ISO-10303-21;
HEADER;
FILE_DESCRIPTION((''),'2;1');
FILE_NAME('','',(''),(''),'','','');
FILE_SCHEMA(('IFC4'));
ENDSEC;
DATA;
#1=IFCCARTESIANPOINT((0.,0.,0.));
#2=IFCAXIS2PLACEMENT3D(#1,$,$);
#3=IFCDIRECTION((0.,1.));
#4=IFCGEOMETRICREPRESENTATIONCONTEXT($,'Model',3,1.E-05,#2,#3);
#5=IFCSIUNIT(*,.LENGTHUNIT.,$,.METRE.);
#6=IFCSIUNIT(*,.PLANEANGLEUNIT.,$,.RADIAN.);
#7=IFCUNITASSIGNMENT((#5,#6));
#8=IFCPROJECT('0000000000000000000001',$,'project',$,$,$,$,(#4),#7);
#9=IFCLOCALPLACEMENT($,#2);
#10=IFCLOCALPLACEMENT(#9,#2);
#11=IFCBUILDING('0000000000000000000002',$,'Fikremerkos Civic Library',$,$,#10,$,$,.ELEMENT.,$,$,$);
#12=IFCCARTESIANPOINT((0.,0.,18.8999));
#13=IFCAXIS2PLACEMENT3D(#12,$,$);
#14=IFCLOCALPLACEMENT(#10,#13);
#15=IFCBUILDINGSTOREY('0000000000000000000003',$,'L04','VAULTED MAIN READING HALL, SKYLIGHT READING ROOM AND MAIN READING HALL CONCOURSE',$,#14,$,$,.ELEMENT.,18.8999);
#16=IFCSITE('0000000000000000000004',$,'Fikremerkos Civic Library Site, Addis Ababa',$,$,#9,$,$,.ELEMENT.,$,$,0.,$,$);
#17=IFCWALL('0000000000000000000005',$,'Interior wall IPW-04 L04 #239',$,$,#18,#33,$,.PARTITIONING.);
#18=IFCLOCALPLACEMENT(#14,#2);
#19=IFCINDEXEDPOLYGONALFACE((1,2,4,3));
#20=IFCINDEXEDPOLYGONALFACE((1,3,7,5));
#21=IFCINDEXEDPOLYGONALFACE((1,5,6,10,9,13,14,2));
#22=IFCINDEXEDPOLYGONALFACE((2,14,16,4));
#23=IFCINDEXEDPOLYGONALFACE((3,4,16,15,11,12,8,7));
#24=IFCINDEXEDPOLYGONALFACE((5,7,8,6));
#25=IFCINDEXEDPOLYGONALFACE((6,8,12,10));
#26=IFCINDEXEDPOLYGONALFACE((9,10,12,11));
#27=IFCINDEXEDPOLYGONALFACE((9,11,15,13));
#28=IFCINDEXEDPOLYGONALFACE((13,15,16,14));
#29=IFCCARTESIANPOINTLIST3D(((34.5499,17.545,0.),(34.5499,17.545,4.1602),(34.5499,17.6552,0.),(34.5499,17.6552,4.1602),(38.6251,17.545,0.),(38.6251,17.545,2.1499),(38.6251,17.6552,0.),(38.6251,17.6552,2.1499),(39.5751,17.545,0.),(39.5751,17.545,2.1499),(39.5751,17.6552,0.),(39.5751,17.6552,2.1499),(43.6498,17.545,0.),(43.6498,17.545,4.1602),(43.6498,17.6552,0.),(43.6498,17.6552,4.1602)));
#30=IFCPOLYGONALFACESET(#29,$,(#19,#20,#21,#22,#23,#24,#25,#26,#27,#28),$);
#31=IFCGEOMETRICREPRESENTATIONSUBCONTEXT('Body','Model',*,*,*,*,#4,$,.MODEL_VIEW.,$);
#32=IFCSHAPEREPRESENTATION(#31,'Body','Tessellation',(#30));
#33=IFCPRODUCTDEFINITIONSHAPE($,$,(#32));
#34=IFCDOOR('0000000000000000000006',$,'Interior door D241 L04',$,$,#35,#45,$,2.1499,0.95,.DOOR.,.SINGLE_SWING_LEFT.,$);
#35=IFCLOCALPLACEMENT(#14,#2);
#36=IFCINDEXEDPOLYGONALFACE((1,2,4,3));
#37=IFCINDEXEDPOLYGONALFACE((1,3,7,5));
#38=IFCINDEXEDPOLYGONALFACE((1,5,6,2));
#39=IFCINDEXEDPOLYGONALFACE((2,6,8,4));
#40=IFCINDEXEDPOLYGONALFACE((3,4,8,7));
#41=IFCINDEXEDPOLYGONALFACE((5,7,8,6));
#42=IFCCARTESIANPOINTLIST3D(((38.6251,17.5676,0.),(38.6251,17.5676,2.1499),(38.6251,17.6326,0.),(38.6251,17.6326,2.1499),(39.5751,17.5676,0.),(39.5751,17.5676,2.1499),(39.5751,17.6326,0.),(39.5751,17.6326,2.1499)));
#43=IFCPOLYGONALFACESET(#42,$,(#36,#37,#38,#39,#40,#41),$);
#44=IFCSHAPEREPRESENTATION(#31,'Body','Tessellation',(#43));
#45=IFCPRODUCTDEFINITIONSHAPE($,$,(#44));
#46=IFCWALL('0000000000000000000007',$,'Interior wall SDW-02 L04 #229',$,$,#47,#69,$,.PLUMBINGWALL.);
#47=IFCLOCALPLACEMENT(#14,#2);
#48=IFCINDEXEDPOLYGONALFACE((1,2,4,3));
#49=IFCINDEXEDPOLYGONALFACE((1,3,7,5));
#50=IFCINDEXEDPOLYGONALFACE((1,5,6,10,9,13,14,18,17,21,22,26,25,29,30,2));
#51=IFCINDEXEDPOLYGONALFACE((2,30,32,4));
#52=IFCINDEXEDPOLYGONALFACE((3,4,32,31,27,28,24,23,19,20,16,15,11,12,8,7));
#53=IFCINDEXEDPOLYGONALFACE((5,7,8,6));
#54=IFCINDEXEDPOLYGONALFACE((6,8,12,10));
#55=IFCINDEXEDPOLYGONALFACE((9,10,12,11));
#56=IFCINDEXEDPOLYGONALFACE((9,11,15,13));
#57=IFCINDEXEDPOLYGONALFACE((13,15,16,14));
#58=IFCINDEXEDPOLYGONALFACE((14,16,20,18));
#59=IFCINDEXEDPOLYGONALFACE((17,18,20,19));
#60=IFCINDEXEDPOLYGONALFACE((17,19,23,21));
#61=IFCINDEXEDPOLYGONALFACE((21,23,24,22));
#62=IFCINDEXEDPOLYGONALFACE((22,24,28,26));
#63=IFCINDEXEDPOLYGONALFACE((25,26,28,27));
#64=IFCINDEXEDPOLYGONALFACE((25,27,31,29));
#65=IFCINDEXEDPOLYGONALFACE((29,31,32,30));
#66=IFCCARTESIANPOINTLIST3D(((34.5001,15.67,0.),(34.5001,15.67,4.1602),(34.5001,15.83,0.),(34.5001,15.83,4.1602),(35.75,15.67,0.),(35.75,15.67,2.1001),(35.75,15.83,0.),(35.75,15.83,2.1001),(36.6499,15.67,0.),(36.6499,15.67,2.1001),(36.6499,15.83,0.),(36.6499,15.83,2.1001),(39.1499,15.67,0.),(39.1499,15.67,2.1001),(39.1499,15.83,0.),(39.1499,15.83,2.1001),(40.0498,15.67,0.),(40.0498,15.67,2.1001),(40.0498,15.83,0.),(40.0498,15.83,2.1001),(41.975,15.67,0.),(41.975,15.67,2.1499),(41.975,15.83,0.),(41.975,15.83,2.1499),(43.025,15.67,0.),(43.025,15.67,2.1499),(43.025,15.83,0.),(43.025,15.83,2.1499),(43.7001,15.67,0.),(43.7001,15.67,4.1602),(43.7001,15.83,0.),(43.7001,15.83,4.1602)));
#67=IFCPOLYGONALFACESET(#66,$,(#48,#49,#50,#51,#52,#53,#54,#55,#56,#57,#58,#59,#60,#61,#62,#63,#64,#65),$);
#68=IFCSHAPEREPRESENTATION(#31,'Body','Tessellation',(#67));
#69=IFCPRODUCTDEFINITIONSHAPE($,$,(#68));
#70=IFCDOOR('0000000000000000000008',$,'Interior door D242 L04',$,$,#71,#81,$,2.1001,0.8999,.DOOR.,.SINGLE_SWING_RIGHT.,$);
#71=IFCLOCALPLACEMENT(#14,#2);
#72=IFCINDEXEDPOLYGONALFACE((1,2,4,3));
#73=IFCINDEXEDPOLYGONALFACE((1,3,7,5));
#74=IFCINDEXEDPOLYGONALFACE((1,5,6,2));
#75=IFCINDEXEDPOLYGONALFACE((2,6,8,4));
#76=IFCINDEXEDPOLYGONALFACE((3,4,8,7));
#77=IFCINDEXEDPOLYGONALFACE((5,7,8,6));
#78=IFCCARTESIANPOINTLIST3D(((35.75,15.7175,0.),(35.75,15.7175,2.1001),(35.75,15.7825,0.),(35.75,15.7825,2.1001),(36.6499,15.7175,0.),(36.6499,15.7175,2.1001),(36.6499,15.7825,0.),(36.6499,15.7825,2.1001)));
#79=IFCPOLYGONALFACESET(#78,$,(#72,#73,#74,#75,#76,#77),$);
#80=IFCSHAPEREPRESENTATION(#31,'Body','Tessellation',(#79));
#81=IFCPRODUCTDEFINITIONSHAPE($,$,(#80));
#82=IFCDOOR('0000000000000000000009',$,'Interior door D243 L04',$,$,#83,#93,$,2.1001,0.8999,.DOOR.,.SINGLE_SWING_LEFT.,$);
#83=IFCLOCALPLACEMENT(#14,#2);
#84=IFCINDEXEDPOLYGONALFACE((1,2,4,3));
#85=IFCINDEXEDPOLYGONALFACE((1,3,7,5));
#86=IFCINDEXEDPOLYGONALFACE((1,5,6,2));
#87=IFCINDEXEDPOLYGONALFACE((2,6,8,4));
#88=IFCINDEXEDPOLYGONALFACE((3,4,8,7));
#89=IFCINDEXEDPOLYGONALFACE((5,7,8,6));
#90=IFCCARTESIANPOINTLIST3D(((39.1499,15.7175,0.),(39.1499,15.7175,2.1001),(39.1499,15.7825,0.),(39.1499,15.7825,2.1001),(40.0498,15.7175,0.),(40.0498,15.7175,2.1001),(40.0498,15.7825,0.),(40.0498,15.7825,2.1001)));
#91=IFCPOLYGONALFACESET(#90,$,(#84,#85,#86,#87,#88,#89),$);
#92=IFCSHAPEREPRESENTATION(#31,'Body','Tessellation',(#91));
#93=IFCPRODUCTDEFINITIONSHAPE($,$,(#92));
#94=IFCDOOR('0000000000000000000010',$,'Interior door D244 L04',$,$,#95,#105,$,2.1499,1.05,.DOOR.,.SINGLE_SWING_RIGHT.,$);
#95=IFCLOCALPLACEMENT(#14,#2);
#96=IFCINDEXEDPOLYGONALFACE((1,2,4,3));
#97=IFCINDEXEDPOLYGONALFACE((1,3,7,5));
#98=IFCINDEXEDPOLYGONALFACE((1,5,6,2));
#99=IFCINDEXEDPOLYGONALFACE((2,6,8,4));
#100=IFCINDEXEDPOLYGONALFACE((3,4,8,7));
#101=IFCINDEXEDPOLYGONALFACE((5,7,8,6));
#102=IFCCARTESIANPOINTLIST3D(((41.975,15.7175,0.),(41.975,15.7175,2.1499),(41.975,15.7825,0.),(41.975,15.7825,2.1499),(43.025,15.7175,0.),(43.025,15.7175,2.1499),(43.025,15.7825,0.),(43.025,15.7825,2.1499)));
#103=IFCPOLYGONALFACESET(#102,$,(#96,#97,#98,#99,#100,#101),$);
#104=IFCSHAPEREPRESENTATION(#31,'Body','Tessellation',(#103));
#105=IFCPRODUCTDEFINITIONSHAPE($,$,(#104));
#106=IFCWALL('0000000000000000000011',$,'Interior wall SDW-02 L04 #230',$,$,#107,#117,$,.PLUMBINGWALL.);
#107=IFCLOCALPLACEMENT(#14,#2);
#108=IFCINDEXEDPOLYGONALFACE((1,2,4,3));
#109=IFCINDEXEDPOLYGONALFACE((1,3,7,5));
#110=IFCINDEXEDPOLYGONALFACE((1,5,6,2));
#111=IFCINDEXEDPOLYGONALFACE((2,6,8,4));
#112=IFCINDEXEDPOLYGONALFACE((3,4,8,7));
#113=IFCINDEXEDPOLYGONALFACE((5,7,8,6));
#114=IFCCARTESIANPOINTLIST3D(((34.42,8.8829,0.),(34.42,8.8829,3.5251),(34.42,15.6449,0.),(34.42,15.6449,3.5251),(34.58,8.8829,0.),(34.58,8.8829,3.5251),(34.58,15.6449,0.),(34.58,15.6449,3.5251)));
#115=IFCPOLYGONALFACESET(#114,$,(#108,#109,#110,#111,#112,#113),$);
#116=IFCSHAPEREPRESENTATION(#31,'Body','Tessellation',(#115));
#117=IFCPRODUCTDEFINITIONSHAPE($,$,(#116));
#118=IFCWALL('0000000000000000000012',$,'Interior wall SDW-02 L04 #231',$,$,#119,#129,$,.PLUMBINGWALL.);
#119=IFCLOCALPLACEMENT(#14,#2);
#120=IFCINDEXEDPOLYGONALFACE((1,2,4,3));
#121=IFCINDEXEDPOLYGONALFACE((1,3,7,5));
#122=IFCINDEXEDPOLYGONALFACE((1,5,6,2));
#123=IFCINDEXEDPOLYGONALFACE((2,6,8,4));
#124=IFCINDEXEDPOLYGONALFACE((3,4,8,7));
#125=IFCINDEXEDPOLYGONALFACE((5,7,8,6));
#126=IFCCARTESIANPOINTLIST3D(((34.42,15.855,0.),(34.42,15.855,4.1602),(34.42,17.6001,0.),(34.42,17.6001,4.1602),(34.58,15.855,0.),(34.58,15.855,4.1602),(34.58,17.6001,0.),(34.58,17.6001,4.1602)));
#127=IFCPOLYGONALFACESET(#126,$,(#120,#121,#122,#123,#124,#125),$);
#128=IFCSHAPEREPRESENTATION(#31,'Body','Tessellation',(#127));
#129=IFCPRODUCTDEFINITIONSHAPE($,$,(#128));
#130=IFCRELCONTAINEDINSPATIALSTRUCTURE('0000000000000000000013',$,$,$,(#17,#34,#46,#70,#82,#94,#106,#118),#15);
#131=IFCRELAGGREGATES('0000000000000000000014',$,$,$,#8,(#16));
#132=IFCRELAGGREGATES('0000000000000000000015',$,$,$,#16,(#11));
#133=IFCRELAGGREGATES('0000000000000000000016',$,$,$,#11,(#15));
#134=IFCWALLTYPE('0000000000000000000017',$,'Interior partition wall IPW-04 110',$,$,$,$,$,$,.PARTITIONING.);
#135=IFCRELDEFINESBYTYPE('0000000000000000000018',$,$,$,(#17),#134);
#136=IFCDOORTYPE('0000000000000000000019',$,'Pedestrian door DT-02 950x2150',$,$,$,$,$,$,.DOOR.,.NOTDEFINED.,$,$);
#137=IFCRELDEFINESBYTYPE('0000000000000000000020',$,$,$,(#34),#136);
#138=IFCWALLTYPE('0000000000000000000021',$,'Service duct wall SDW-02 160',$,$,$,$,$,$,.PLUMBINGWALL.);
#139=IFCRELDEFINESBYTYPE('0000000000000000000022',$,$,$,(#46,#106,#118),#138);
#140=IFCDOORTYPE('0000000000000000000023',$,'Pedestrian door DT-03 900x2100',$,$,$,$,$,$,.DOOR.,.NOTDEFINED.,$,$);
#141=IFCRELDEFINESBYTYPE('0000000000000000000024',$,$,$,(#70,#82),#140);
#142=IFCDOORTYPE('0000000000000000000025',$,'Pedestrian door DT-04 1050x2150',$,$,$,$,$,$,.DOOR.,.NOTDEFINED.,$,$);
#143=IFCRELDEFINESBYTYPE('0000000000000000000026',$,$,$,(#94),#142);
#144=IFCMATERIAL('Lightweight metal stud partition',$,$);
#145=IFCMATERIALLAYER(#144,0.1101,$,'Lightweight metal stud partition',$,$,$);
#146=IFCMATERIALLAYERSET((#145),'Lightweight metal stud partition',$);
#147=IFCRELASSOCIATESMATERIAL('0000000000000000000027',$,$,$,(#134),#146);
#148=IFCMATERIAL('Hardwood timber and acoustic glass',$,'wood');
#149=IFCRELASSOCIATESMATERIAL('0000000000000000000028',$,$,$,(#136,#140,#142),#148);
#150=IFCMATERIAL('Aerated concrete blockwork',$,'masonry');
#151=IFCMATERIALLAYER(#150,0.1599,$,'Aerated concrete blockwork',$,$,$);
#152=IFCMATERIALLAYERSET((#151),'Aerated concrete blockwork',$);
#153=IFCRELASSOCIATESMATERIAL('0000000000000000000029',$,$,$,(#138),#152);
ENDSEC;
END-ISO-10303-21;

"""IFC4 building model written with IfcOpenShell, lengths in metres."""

from ifc_helpers import new_model, si_unit, direction, frame, frame_2d, origin, place, context, subcontext, project, spatial, rectangle, extrude, material, layer, layer_set, type_object, element, fill, save


model = new_model("IFC4")

# Units and contexts
model_context = context("Model", 3, precision=1e-05, world=origin(), true_north=direction((0.0, 1.0)))
body_context = subcontext(model_context, "Body", "Model", "MODEL_VIEW")
ifc_project = project(units=[si_unit("LENGTHUNIT", "METRE"), si_unit("PLANEANGLEUNIT", "RADIAN")], contexts=[model_context])

# Site, building, storey
site_placement = place(None, origin())
site = spatial("IfcSite", under=ifc_project, at=site_placement, Name="Fikremerkos Civic Library Site, Addis Ababa", CompositionType="ELEMENT", RefElevation=0.0)
building_placement = place(site_placement, origin())
building = spatial("IfcBuilding", under=site, at=building_placement, Name="Fikremerkos Civic Library", CompositionType="ELEMENT")
storey_placement = place(building_placement, frame((0.0, 0.0, 18.8999)))
storey = spatial("IfcBuildingStorey", under=building, at=storey_placement, Name="L04", Description="VAULTED MAIN READING HALL, SKYLIGHT READING ROOM AND MAIN READING HALL CONCOURSE", CompositionType="ELEMENT", Elevation=18.8999)

# Wall, opening, door
ifc_material_1 = material(Name="Hardwood timber and acoustic glass", Category="wood")
ifc_material_2 = material(Name="Lightweight metal stud partition")
ifc_layer_1 = layer(ifc_material_2, 0.1101, Name="Lightweight metal stud partition")
ifc_layer_set_1 = layer_set([ifc_layer_1], Name="Lightweight metal stud partition")
wall_type_1 = type_object("IfcWallType", Name="Interior partition wall IPW-04 110", PredefinedType="PARTITIONING", material=ifc_layer_set_1)
wall_1_placement = place(storey_placement, frame((34.55, 17.6001, 0.0), z_axis=(0.0, 0.0, 1.0), x_axis=(1.0, 0.0, 0.0)))
wall_1 = element("IfcWall", 1, at=wall_1_placement, inside=storey, type_object=wall_type_1, Name="Interior wall IPW-04 L04 #239", PredefinedType="PARTITIONING", context=body_context, shape_type="SweptSolid", body=[
    extrude(rectangle(XDim=9.0999, YDim=0.1101, at=frame_2d((4.5498, 0.0))), origin(), (0.0, 0.0, 1.0), 4.1602),
])
opening_1_placement = place(wall_1_placement, frame((4.075, 0.0, 0.0)))
opening_1 = element("IfcOpeningElement", 2, at=opening_1_placement, cuts=wall_1, PredefinedType="OPENING", context=body_context, shape_type="SweptSolid", body=[
    extrude(rectangle(XDim=0.95, YDim=2.1499, at=frame_2d((0.4751, 1.075))), frame((0.0, 0.0649, 0.0), z_axis=(0.0, -1.0, 0.0), x_axis=(1.0, 0.0, 0.0)), (0.0, 0.0, 1.0), 0.1301),
])
door_type_1 = type_object("IfcDoorType", Name="Pedestrian door DT-02 950x2150", OperationType="NOTDEFINED", PredefinedType="DOOR", material=ifc_material_1)
door_1_placement = place(opening_1_placement, origin())
door_1 = element("IfcDoor", 3, at=door_1_placement, inside=storey, type_object=door_type_1, Name="Interior door D241 L04", OperationType="SINGLE_SWING_LEFT", OverallHeight=2.1499, OverallWidth=0.95, PredefinedType="DOOR", context=body_context, shape_type="SweptSolid", body=[
    extrude(rectangle(XDim=0.95, YDim=2.1499, at=frame_2d((0.4751, 1.075))), frame((0.0, 0.0325, 0.0), z_axis=(0.0, -1.0, 0.0), x_axis=(1.0, 0.0, 0.0)), (0.0, 0.0, 1.0), 0.0649),
])
fill(opening_1, door_1)

# Wall, openings, doors
ifc_material_3 = material(Name="Aerated concrete blockwork", Category="masonry")
ifc_layer_2 = layer(ifc_material_3, 0.1599, Name="Aerated concrete blockwork")
ifc_layer_set_2 = layer_set([ifc_layer_2], Name="Aerated concrete blockwork")
wall_type_2 = type_object("IfcWallType", Name="Service duct wall SDW-02 160", PredefinedType="PLUMBINGWALL", material=ifc_layer_set_2)
wall_2_placement = place(storey_placement, frame((34.5, 15.75, 0.0), z_axis=(0.0, 0.0, 1.0), x_axis=(1.0, 0.0, 0.0)))
wall_2 = element("IfcWall", 4, at=wall_2_placement, inside=storey, type_object=wall_type_2, Name="Interior wall SDW-02 L04 #229", PredefinedType="PLUMBINGWALL", context=body_context, shape_type="SweptSolid", body=[
    extrude(rectangle(XDim=9.2, YDim=0.1599, at=frame_2d((4.6001, 0.0))), origin(), (0.0, 0.0, 1.0), 4.1602),
])
opening_2_placement = place(wall_2_placement, frame((1.25, 0.0, 0.0)))
opening_2 = element("IfcOpeningElement", 5, at=opening_2_placement, cuts=wall_2, PredefinedType="OPENING", context=body_context, shape_type="SweptSolid", body=[
    extrude(rectangle(XDim=0.8999, YDim=2.1001, at=frame_2d((0.45, 1.05))), frame((0.0, 0.0898, 0.0), z_axis=(0.0, -1.0, 0.0), x_axis=(1.0, 0.0, 0.0)), (0.0, 0.0, 1.0), 0.1799),
])
opening_3_placement = place(wall_2_placement, frame((4.6499, 0.0, 0.0)))
opening_3 = element("IfcOpeningElement", 6, at=opening_3_placement, cuts=wall_2, PredefinedType="OPENING", context=body_context, shape_type="SweptSolid", body=[
    extrude(rectangle(XDim=0.8999, YDim=2.1001, at=frame_2d((0.45, 1.05))), frame((0.0, 0.0898, 0.0), z_axis=(0.0, -1.0, 0.0), x_axis=(1.0, 0.0, 0.0)), (0.0, 0.0, 1.0), 0.1799),
])
opening_4_placement = place(wall_2_placement, frame((7.4751, 0.0, 0.0)))
opening_4 = element("IfcOpeningElement", 7, at=opening_4_placement, cuts=wall_2, PredefinedType="OPENING", context=body_context, shape_type="SweptSolid", body=[
    extrude(rectangle(XDim=1.05, YDim=2.1499, at=frame_2d((0.5249, 1.075))), frame((0.0, 0.0898, 0.0), z_axis=(0.0, -1.0, 0.0), x_axis=(1.0, 0.0, 0.0)), (0.0, 0.0, 1.0), 0.1799),
])
door_type_2 = type_object("IfcDoorType", Name="Pedestrian door DT-03 900x2100", OperationType="NOTDEFINED", PredefinedType="DOOR", material=ifc_material_1)
door_2_placement = place(opening_2_placement, origin())
door_2 = element("IfcDoor", 8, at=door_2_placement, inside=storey, type_object=door_type_2, Name="Interior door D242 L04", OperationType="SINGLE_SWING_RIGHT", OverallHeight=2.1001, OverallWidth=0.8999, PredefinedType="DOOR", context=body_context, shape_type="SweptSolid", body=[
    extrude(rectangle(XDim=0.8999, YDim=2.1001, at=frame_2d((0.45, 1.05))), frame((0.0, 0.0325, 0.0), z_axis=(0.0, -1.0, 0.0), x_axis=(1.0, 0.0, 0.0)), (0.0, 0.0, 1.0), 0.0649),
])
fill(opening_2, door_2)
door_3_placement = place(opening_3_placement, origin())
door_3 = element("IfcDoor", 9, at=door_3_placement, inside=storey, type_object=door_type_2, Name="Interior door D243 L04", OperationType="SINGLE_SWING_LEFT", OverallHeight=2.1001, OverallWidth=0.8999, PredefinedType="DOOR", context=body_context, shape_type="SweptSolid", body=[
    extrude(rectangle(XDim=0.8999, YDim=2.1001, at=frame_2d((0.45, 1.05))), frame((0.0, 0.0325, 0.0), z_axis=(0.0, -1.0, 0.0), x_axis=(1.0, 0.0, 0.0)), (0.0, 0.0, 1.0), 0.0649),
])
fill(opening_3, door_3)
door_type_3 = type_object("IfcDoorType", Name="Pedestrian door DT-04 1050x2150", OperationType="NOTDEFINED", PredefinedType="DOOR", material=ifc_material_1)
door_4_placement = place(opening_4_placement, origin())
door_4 = element("IfcDoor", 10, at=door_4_placement, inside=storey, type_object=door_type_3, Name="Interior door D244 L04", OperationType="SINGLE_SWING_RIGHT", OverallHeight=2.1499, OverallWidth=1.05, PredefinedType="DOOR", context=body_context, shape_type="SweptSolid", body=[
    extrude(rectangle(XDim=1.05, YDim=2.1499, at=frame_2d((0.5249, 1.075))), frame((0.0, 0.0325, 0.0), z_axis=(0.0, -1.0, 0.0), x_axis=(1.0, 0.0, 0.0)), (0.0, 0.0, 1.0), 0.0649),
])
fill(opening_4, door_4)

# Walls
wall_3_placement = place(storey_placement, frame((34.5, 8.8831, 0.0), z_axis=(0.0, 0.0, 1.0), x_axis=(0.0, 1.0, 0.0)))
element("IfcWall", 11, at=wall_3_placement, inside=storey, type_object=wall_type_2, Name="Interior wall SDW-02 L04 #230", PredefinedType="PLUMBINGWALL", context=body_context, shape_type="SweptSolid", body=[
    extrude(rectangle(XDim=6.762, YDim=0.1599, at=frame_2d((3.3809, 0.0))), origin(), (0.0, 0.0, 1.0), 3.5251),
])
wall_4_placement = place(storey_placement, frame((34.5, 15.855, 0.0), z_axis=(0.0, 0.0, 1.0), x_axis=(0.0, 1.0, 0.0)))
element("IfcWall", 12, at=wall_4_placement, inside=storey, type_object=wall_type_2, Name="Interior wall SDW-02 L04 #231", PredefinedType="PLUMBINGWALL", context=body_context, shape_type="SweptSolid", body=[
    extrude(rectangle(XDim=1.7451, YDim=0.1599, at=frame_2d((0.8726, 0.0))), origin(), (0.0, 0.0, 1.0), 4.1602),
])

save(model, "model.ifc")
